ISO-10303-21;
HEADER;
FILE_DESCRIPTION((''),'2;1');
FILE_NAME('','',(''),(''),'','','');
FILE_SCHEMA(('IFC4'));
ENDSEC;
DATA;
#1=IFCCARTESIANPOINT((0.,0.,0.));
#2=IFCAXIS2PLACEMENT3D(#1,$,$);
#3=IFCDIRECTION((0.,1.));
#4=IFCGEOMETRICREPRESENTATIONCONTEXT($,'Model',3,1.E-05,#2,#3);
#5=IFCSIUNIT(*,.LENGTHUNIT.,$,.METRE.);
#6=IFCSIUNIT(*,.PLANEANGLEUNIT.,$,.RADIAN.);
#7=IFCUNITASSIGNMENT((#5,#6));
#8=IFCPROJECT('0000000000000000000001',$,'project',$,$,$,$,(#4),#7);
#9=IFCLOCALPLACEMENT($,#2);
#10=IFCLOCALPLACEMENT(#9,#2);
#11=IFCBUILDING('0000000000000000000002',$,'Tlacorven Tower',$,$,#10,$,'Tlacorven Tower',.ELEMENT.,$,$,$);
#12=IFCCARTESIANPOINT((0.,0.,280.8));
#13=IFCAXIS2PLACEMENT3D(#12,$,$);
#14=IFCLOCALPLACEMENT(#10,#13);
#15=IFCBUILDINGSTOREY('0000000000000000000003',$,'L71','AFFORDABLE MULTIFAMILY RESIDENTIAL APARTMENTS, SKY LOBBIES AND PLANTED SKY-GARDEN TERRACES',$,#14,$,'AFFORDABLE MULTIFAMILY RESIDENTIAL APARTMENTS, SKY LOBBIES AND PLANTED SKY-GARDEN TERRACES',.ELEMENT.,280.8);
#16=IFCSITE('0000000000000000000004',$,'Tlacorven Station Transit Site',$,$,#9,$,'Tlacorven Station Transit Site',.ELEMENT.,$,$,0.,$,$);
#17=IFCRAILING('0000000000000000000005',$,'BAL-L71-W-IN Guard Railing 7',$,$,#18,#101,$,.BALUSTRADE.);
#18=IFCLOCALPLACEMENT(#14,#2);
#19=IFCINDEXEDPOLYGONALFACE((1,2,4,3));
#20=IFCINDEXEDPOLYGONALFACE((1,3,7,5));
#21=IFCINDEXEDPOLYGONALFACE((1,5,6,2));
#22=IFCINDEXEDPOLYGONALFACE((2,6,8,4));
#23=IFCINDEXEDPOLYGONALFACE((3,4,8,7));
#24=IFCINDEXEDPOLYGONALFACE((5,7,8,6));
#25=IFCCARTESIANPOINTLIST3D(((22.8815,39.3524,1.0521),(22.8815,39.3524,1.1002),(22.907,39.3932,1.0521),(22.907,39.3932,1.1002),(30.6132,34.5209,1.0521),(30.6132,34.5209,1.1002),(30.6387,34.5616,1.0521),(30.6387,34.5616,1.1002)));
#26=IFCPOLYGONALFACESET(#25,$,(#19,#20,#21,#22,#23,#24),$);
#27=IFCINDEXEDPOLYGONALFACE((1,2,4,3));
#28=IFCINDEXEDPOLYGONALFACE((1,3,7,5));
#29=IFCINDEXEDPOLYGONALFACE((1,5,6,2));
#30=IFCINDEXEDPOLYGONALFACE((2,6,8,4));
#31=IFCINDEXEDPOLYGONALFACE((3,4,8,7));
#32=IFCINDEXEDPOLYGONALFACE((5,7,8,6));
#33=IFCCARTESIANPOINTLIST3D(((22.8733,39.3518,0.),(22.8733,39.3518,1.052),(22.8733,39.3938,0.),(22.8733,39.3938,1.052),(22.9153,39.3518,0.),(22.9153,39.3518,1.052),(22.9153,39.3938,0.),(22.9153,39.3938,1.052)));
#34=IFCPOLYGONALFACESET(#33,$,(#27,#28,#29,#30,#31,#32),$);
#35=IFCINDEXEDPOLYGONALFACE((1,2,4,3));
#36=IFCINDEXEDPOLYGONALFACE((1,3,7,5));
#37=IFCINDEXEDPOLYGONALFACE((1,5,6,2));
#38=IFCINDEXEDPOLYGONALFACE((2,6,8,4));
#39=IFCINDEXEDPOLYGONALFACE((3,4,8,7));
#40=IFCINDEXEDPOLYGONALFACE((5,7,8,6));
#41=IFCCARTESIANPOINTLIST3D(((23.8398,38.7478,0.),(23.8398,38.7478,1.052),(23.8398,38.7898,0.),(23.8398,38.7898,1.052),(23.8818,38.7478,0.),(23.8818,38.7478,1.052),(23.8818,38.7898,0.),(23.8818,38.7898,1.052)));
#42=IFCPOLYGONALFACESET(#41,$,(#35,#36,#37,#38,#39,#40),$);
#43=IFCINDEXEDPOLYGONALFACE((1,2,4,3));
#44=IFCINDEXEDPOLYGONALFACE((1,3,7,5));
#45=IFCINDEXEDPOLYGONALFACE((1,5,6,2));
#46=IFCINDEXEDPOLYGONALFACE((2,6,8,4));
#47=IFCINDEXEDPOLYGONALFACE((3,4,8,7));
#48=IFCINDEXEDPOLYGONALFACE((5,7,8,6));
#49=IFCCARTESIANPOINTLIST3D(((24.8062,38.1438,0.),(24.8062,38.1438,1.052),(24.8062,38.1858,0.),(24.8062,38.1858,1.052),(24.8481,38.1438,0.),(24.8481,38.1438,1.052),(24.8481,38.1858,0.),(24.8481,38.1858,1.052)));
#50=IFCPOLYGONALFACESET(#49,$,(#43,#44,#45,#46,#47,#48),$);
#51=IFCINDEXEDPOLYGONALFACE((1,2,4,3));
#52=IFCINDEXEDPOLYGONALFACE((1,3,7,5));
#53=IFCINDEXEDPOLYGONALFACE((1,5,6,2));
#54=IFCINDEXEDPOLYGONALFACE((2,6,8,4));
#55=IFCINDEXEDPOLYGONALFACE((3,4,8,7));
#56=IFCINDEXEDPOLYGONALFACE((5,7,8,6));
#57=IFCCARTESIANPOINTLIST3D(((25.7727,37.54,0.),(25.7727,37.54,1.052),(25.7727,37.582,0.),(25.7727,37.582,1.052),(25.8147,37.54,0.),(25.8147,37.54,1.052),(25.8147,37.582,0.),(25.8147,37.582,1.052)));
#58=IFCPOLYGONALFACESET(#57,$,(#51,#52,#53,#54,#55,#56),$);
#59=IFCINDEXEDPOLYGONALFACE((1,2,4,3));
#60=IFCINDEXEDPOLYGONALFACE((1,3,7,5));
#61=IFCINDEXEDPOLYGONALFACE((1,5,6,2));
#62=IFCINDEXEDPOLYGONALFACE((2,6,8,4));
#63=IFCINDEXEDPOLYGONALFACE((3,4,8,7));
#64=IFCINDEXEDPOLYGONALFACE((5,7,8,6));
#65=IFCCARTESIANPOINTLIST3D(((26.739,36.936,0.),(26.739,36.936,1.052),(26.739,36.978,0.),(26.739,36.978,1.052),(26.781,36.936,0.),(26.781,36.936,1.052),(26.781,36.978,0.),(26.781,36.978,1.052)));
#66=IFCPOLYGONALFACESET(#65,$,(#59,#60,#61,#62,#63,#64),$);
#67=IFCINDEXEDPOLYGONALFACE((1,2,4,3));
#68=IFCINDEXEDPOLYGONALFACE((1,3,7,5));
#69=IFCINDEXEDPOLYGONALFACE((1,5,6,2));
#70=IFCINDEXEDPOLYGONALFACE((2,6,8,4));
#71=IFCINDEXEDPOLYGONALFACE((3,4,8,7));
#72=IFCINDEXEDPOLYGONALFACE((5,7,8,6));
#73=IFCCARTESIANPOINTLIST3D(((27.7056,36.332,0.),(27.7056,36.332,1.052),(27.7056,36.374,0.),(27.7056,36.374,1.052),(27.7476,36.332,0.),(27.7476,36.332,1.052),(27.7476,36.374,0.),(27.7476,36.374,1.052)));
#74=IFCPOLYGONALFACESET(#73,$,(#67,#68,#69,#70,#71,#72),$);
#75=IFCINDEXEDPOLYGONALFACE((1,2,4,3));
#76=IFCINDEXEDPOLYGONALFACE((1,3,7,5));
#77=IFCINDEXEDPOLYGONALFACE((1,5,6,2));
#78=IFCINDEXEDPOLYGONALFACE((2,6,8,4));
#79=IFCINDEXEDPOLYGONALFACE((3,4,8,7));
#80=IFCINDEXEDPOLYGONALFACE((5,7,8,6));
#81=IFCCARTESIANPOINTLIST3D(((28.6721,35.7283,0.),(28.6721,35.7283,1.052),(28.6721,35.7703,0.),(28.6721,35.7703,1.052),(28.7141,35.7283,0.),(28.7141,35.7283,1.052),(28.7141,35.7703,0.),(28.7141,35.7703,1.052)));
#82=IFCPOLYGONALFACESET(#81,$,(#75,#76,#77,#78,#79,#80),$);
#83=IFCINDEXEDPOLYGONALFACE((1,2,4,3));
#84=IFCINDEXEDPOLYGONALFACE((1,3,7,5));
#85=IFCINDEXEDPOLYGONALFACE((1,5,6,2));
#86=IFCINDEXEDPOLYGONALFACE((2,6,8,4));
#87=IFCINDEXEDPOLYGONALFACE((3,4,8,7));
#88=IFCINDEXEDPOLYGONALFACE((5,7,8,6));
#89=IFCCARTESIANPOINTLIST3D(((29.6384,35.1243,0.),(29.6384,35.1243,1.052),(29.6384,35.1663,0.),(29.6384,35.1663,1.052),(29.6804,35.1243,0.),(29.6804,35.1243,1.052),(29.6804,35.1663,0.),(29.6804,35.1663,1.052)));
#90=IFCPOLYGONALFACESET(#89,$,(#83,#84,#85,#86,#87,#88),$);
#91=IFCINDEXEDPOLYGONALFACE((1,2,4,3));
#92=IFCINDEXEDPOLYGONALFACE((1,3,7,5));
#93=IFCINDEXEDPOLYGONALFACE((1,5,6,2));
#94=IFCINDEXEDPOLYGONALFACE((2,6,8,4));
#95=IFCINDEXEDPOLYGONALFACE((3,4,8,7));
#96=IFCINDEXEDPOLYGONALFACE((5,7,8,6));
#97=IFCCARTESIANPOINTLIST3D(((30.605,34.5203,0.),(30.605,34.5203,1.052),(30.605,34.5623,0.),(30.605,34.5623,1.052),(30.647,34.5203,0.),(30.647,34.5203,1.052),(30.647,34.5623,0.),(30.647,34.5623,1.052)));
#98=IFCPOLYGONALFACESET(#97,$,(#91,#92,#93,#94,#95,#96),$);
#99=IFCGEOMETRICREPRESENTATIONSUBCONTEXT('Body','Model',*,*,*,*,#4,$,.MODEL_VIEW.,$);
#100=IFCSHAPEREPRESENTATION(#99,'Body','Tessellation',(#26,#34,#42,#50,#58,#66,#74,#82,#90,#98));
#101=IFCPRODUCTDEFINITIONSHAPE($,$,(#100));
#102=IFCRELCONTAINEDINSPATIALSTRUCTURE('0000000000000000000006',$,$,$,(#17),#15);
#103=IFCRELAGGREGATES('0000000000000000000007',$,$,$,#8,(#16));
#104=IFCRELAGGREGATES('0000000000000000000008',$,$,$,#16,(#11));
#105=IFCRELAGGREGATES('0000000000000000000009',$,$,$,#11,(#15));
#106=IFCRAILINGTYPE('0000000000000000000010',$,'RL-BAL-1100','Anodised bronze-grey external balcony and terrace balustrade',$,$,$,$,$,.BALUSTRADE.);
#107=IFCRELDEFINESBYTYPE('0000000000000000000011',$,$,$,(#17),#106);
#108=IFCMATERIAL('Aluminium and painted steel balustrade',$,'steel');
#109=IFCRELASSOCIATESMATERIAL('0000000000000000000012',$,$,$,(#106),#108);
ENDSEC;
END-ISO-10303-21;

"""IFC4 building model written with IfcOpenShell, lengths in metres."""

from ifc_helpers import new_model, si_unit, direction, frame, origin, origin_2d, place, context, subcontext, project, spatial, rectangle, extrude, source, transform, mapped, material, type_object, element, save


model = new_model("IFC4")

# Units and contexts
model_context = context("Model", 3, precision=1e-05, world=origin(), true_north=direction((0.0, 1.0)))
body_context = subcontext(model_context, "Body", "Model", "MODEL_VIEW")
ifc_project = project(units=[si_unit("LENGTHUNIT", "METRE"), si_unit("PLANEANGLEUNIT", "RADIAN")], contexts=[model_context])

# Site, building, storey
site_placement = place(None, origin())
site = spatial("IfcSite", under=ifc_project, at=site_placement, Name="Tlacorven Station Transit Site", LongName="Tlacorven Station Transit Site", CompositionType="ELEMENT", RefElevation=0.0)
building_placement = place(site_placement, origin())
building = spatial("IfcBuilding", under=site, at=building_placement, Name="Tlacorven Tower", LongName="Tlacorven Tower", CompositionType="ELEMENT")
storey_placement = place(building_placement, frame((0.0, 0.0, 280.8)))
storey = spatial("IfcBuildingStorey", under=building, at=storey_placement, Name="L71", Description="AFFORDABLE MULTIFAMILY RESIDENTIAL APARTMENTS, SKY LOBBIES AND PLANTED SKY-GARDEN TERRACES", LongName="AFFORDABLE MULTIFAMILY RESIDENTIAL APARTMENTS, SKY LOBBIES AND PLANTED SKY-GARDEN TERRACES", CompositionType="ELEMENT", Elevation=280.8)

# Railing
ifc_material_1 = material(Name="Aluminium and painted steel balustrade", Category="steel")
railing_type = type_object("IfcRailingType", Name="RL-BAL-1100", Description="Anodised bronze-grey external balcony and terrace balustrade", PredefinedType="BALUSTRADE", material=ifc_material_1)
shared_shape_1 = source(origin(), body_context, "Body", "SweptSolid", [
    extrude(rectangle(XDim=0.0481, YDim=0.0481, at=origin_2d()), frame((0.0, 0.0, 1.0762), z_axis=(0.848036, -0.529939, 0.0), x_axis=(0.529939, 0.848036, 0.0)), (0.0, 0.0, 1.0), 9.1172),
    extrude(rectangle(XDim=0.042, YDim=0.042, at=origin_2d()), origin(), (0.0, 0.0, 1.0), 1.052),
    extrude(rectangle(XDim=0.042, YDim=0.042, at=origin_2d()), frame((0.9666, -0.604, 0.0)), (0.0, 0.0, 1.0), 1.052),
    extrude(rectangle(XDim=0.042, YDim=0.042, at=origin_2d()), frame((1.9329, -1.208, 0.0)), (0.0, 0.0, 1.0), 1.052),
    extrude(rectangle(XDim=0.042, YDim=0.042, at=origin_2d()), frame((2.8994, -1.8118, 0.0)), (0.0, 0.0, 1.0), 1.052),
    extrude(rectangle(XDim=0.042, YDim=0.042, at=origin_2d()), frame((3.8657, -2.4158, 0.0)), (0.0, 0.0, 1.0), 1.052),
    extrude(rectangle(XDim=0.042, YDim=0.042, at=origin_2d()), frame((4.8323, -3.0198, 0.0)), (0.0, 0.0, 1.0), 1.052),
    extrude(rectangle(XDim=0.042, YDim=0.042, at=origin_2d()), frame((5.7988, -3.6235, 0.0)), (0.0, 0.0, 1.0), 1.052),
    extrude(rectangle(XDim=0.042, YDim=0.042, at=origin_2d()), frame((6.7651, -4.2275, 0.0)), (0.0, 0.0, 1.0), 1.052),
    extrude(rectangle(XDim=0.042, YDim=0.042, at=origin_2d()), frame((7.7317, -4.8315, 0.0)), (0.0, 0.0, 1.0), 1.052),
])
railing_1_placement = place(storey_placement, frame((22.8943, 39.3728, 0.0)))
element("IfcRailing", 1, at=railing_1_placement, inside=storey, type_object=railing_type, Name="BAL-L71-W-IN Guard Railing 7", PredefinedType="BALUSTRADE", context=body_context, shape_type="MappedRepresentation", body=[
    mapped(shared_shape_1, transform((0.0, 0.0, 0.0), scale=1.0)),
])

save(model, "model.ifc")
